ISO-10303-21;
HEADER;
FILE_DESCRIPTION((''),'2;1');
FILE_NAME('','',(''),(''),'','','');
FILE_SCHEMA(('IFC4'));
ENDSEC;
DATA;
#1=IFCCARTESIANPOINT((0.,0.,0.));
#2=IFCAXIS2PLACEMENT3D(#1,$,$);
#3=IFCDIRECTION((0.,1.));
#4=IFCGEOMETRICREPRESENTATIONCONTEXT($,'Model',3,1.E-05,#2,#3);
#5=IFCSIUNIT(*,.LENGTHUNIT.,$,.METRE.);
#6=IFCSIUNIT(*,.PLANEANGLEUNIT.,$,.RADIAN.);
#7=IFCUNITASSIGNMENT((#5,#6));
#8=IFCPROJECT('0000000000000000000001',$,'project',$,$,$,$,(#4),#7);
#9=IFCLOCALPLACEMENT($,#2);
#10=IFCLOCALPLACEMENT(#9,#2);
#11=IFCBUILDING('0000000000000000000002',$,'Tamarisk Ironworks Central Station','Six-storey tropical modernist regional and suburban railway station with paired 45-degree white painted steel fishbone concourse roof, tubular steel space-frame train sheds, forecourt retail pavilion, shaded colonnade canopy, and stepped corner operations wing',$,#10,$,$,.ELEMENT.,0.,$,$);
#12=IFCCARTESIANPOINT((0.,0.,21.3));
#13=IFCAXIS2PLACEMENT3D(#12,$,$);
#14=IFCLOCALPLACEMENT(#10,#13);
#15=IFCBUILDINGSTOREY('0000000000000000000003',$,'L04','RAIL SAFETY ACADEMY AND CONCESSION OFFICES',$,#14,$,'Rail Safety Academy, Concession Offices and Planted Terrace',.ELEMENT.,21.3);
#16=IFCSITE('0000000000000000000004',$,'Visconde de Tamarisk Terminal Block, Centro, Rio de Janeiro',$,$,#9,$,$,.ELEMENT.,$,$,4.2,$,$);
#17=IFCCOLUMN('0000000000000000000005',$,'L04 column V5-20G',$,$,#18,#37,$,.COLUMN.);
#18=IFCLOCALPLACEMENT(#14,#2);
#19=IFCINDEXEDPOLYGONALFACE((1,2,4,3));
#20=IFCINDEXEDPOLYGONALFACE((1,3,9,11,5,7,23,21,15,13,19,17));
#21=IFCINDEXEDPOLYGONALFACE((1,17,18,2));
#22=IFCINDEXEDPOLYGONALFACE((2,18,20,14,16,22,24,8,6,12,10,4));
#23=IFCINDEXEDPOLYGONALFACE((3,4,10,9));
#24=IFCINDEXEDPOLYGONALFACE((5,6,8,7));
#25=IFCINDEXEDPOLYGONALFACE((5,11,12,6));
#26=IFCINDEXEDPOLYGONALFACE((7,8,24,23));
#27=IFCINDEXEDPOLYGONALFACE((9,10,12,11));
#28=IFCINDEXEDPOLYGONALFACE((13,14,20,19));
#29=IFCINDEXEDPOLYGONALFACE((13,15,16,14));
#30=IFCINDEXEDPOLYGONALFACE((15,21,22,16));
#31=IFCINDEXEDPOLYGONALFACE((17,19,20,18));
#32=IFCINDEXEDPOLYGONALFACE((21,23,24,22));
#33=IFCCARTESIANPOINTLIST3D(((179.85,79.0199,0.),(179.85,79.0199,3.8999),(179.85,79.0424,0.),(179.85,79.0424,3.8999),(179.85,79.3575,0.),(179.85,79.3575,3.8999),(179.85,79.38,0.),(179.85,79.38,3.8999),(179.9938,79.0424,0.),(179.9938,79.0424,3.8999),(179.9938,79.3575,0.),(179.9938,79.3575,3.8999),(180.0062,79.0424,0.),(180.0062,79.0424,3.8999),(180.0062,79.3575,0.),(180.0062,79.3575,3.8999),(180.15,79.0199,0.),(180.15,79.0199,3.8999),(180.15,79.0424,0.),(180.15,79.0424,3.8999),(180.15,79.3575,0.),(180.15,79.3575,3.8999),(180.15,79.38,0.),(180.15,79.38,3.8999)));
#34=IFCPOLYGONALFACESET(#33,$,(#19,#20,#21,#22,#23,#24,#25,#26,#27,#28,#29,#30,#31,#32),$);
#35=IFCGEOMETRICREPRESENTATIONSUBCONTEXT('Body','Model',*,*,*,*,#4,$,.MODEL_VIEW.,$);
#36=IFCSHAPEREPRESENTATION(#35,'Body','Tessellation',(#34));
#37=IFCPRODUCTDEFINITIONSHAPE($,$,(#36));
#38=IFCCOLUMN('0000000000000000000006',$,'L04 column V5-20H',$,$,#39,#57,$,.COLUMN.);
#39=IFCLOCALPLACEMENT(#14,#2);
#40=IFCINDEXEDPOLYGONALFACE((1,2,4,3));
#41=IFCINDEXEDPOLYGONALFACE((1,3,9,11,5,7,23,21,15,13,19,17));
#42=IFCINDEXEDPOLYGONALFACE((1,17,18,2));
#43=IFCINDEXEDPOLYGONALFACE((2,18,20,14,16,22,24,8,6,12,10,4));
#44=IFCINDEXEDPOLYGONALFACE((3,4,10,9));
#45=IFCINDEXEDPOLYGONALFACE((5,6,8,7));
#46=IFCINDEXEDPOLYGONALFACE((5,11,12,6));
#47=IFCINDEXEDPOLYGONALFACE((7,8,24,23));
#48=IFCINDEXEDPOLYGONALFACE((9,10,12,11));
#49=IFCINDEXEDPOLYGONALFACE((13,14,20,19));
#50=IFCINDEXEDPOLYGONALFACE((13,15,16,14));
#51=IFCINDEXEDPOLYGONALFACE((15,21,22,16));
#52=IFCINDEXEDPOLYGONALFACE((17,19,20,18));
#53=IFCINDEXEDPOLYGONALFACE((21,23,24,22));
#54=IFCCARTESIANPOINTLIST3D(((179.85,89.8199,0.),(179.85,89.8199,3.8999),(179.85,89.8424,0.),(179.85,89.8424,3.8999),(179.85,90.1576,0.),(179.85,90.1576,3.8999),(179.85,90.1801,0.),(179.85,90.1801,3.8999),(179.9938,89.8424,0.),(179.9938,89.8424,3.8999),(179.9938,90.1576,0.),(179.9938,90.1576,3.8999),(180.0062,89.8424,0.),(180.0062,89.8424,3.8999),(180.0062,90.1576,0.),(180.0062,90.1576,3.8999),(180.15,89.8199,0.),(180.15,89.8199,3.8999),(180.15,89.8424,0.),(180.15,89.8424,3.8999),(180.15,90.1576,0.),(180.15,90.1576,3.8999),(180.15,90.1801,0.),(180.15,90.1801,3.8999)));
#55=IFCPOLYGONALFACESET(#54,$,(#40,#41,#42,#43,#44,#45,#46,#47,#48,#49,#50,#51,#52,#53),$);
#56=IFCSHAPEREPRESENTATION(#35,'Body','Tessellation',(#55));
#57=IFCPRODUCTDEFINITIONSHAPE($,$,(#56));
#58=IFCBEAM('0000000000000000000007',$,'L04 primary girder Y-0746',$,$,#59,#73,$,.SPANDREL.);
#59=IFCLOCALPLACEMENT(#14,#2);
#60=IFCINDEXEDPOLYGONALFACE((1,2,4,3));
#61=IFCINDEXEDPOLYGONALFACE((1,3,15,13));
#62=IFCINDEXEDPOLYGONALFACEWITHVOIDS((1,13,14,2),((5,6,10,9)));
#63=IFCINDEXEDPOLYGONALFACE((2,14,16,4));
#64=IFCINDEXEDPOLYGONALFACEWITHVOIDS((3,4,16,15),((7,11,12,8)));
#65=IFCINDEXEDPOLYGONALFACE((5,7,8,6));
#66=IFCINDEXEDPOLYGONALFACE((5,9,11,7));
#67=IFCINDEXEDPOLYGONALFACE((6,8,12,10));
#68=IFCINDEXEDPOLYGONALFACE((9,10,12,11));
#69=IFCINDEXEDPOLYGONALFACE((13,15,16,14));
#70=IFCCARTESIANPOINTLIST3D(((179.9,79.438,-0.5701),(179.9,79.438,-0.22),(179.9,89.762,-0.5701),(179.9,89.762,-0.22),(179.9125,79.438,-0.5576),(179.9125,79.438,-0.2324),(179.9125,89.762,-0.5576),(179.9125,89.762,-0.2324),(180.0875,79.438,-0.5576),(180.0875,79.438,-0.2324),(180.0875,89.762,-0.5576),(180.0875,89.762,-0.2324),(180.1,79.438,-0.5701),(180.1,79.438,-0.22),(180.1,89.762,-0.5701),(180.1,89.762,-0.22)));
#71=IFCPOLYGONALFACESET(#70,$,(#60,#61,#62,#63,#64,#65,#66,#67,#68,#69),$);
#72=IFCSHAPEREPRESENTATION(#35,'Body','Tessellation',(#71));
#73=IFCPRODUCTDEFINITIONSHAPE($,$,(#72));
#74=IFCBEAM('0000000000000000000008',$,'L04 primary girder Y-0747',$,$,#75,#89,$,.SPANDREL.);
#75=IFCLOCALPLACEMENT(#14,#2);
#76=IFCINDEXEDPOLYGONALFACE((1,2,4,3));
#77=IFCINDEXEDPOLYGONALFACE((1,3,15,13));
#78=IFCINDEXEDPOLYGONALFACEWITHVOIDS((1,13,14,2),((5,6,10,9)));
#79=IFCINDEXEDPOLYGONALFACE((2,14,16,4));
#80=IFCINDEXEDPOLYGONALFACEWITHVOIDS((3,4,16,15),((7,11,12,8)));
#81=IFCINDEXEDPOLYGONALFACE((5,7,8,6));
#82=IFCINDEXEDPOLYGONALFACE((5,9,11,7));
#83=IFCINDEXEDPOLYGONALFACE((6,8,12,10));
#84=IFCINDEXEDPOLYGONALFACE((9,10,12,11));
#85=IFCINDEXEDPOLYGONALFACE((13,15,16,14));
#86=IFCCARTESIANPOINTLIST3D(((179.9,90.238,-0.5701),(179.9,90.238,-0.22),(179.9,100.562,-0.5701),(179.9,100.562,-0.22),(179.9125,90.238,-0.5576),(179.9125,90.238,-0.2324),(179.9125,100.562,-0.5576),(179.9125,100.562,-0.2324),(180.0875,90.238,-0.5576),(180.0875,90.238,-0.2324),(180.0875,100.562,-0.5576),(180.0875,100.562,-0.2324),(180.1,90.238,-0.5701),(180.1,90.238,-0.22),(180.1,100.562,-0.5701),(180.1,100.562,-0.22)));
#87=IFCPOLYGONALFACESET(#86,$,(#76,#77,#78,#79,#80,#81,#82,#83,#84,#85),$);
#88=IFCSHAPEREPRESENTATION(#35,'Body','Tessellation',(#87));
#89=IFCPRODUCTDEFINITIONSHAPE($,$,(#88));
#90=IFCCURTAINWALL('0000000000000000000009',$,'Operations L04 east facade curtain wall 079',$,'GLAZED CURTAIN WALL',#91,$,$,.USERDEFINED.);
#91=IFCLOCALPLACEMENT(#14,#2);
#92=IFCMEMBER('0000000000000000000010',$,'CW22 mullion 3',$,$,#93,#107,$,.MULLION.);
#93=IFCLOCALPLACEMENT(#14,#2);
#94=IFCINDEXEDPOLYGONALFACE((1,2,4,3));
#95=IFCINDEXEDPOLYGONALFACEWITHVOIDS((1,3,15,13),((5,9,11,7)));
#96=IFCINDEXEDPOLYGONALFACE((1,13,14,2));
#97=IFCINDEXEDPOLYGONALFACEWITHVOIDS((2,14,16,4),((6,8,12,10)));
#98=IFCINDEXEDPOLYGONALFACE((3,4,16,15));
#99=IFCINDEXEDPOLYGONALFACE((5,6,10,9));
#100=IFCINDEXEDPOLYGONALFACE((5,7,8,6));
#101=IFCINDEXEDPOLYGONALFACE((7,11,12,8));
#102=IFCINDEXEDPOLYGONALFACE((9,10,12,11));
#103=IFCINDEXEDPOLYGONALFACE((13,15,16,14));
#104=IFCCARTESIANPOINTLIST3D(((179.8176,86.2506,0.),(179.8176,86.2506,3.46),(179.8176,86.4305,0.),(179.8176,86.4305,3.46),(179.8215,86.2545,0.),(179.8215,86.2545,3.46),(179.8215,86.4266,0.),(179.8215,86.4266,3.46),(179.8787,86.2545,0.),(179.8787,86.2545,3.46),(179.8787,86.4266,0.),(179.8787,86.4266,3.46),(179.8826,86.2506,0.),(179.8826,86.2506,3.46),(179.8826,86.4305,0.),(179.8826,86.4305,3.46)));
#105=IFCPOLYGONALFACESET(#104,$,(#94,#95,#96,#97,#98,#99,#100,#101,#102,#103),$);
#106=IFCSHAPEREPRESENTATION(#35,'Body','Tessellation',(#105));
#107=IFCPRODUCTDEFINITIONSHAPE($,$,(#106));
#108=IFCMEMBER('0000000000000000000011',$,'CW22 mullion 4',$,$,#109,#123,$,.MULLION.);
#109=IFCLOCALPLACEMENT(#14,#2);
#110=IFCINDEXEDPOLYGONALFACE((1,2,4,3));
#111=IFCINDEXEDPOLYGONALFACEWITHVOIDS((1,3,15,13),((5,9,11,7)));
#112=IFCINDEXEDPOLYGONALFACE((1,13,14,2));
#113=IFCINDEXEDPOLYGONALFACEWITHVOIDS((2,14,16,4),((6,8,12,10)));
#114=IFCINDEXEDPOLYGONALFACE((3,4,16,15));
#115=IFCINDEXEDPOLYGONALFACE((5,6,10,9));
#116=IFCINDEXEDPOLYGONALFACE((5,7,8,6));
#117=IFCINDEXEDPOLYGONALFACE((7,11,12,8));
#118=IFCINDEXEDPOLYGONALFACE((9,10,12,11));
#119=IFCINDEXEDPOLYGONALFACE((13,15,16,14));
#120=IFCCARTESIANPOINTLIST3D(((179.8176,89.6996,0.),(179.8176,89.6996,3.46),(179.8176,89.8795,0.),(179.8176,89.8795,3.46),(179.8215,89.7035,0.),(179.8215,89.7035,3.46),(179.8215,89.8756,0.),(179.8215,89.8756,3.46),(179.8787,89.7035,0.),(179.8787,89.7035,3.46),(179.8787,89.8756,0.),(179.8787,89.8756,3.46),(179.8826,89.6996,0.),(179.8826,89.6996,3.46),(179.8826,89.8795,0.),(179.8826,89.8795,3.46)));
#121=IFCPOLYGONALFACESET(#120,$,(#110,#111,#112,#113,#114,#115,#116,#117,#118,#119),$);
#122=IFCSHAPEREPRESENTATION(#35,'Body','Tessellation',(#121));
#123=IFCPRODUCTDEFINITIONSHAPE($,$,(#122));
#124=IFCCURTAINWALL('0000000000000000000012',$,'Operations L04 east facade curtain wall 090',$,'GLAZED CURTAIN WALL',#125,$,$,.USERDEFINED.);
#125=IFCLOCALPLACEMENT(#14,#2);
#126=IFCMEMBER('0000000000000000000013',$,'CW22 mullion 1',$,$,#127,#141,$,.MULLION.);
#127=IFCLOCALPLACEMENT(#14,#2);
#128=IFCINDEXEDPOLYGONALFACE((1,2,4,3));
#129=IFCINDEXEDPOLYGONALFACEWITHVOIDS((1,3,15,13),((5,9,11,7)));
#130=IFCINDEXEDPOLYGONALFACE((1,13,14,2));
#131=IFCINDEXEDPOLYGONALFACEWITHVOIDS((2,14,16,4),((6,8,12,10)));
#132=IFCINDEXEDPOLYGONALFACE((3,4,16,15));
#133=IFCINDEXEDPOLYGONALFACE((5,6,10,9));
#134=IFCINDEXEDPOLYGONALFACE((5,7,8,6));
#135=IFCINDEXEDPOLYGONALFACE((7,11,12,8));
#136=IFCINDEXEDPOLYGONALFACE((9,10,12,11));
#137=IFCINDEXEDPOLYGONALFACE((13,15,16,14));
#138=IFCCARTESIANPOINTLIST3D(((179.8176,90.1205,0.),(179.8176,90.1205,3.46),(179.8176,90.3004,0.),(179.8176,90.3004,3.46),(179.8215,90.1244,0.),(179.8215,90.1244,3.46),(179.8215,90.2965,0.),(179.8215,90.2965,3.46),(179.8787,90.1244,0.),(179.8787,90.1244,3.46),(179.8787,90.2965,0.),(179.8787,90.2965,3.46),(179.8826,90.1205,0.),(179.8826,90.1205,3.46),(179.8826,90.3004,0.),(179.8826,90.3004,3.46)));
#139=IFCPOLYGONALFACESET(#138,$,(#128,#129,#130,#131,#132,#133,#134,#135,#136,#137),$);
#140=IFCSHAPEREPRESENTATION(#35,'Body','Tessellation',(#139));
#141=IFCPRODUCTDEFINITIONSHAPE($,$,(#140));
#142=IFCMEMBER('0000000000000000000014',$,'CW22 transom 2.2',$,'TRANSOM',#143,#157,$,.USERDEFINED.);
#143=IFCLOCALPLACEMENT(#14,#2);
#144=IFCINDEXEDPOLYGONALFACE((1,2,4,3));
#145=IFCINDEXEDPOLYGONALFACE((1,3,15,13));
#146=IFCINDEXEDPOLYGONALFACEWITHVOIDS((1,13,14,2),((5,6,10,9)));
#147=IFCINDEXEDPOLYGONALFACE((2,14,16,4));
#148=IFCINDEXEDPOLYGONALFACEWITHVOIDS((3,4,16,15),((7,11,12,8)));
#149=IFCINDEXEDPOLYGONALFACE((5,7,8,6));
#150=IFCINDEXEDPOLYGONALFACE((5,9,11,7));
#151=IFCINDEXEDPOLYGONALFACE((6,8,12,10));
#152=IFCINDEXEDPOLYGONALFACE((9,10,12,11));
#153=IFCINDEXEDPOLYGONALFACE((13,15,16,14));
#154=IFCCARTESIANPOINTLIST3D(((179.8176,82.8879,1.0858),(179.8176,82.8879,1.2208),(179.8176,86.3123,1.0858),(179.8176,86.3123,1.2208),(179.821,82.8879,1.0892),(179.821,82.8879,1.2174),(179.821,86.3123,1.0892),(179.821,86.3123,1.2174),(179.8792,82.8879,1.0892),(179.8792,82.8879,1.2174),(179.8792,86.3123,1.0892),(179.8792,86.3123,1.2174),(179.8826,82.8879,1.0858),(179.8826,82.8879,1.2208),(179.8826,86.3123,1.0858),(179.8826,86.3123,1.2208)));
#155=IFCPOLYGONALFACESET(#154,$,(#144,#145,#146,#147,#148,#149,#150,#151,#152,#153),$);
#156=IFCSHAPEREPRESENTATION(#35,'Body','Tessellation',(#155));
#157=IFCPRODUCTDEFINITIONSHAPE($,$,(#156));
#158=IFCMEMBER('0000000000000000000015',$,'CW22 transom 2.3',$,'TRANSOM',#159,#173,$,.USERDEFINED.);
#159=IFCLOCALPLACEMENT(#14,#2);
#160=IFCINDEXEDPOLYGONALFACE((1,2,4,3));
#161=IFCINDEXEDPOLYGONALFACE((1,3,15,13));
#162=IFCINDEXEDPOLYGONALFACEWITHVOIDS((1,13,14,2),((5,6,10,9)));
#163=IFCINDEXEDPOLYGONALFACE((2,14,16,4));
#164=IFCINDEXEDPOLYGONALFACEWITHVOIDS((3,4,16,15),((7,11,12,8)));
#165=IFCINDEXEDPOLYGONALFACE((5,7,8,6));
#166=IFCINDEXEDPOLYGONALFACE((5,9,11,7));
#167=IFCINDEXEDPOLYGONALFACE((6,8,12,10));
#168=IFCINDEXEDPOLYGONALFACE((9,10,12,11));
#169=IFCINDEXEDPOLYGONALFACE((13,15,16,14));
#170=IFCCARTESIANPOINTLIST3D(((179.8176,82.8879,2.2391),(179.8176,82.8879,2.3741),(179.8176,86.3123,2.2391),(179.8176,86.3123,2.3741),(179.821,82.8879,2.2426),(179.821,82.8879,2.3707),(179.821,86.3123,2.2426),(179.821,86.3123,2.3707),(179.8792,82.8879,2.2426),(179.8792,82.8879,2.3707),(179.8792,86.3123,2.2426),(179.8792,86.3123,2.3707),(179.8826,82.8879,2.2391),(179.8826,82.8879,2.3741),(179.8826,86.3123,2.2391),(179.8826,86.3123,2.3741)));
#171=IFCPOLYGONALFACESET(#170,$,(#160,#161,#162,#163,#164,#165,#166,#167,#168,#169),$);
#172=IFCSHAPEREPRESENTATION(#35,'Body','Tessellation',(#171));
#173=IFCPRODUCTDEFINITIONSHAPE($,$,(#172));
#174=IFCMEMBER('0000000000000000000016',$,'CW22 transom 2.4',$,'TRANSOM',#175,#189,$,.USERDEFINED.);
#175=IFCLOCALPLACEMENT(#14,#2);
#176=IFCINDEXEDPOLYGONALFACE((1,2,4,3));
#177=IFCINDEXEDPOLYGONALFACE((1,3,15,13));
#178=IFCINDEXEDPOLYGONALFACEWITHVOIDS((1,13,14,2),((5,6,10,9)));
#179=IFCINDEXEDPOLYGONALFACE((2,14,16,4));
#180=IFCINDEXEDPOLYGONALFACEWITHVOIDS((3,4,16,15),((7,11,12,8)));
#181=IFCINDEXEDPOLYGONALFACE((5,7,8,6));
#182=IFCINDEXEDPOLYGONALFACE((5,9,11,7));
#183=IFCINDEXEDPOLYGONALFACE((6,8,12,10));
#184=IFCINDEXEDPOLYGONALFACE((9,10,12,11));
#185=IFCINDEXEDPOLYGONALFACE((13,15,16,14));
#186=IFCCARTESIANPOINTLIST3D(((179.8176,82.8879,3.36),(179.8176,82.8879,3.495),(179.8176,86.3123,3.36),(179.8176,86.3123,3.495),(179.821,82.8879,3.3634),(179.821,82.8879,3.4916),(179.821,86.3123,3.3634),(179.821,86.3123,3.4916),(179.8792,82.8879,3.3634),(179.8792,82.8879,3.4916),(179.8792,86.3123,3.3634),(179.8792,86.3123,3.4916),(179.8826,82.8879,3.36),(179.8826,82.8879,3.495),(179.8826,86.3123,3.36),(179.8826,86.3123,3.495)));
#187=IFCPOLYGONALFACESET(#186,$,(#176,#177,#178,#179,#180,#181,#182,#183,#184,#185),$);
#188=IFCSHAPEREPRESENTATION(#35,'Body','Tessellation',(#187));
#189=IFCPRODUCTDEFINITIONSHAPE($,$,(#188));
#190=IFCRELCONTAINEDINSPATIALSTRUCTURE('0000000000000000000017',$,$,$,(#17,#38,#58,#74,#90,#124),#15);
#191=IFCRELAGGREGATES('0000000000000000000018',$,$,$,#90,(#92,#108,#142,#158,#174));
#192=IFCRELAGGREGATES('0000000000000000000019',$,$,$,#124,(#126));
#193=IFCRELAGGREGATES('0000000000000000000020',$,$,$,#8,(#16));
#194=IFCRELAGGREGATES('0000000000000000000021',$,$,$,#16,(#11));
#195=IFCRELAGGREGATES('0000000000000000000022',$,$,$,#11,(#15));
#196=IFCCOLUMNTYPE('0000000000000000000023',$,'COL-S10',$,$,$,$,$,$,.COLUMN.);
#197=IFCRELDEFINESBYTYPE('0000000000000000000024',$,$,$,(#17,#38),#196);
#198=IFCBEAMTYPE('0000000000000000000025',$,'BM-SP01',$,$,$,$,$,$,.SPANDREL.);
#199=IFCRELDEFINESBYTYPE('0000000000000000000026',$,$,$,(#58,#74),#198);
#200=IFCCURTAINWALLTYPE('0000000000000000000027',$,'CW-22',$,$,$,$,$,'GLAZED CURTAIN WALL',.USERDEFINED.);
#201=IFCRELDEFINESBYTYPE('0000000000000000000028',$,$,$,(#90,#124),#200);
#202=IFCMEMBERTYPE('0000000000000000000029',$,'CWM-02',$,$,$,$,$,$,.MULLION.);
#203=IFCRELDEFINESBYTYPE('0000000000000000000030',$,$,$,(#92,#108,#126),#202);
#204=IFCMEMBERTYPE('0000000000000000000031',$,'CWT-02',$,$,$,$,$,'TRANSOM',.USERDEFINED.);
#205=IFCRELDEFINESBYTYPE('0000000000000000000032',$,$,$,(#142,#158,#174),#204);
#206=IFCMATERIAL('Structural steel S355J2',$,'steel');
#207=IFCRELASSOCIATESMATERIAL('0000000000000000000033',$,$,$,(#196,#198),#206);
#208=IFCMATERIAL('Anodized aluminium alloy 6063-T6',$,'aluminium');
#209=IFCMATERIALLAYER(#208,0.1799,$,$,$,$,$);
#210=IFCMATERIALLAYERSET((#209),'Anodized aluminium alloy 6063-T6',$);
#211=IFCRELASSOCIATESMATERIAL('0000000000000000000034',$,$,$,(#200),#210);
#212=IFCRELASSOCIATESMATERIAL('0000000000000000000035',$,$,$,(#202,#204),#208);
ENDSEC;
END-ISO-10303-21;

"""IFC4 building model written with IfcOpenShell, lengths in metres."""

from ifc_helpers import new_model, si_unit, direction, frame, origin, origin_2d, place, context, subcontext, project, spatial, hollow_rectangle, i_section, extrude, material, layer, layer_set, material_profile, profile_set, type_object, element, aggregate, save


model = new_model("IFC4")

# Units and contexts
model_context = context("Model", 3, precision=1e-05, world=origin(), true_north=direction((0.0, 1.0)))
body_context = subcontext(model_context, "Body", "Model", "MODEL_VIEW")
ifc_project = project(units=[si_unit("LENGTHUNIT", "METRE"), si_unit("PLANEANGLEUNIT", "RADIAN")], contexts=[model_context])

# Site, building, storey
site_placement = place(None, origin())
site = spatial("IfcSite", under=ifc_project, at=site_placement, Name="Visconde de Tamarisk Terminal Block, Centro, Rio de Janeiro", CompositionType="ELEMENT", RefElevation=4.2)
building_placement = place(site_placement, origin())
building = spatial("IfcBuilding", under=site, at=building_placement, Name="Tamarisk Ironworks Central Station", Description="Six-storey tropical modernist regional and suburban railway station with paired 45-degree white painted steel fishbone concourse roof, tubular steel space-frame train sheds, forecourt retail pavilion, shaded colonnade canopy, and stepped corner operations wing", CompositionType="ELEMENT", ElevationOfRefHeight=0.0)
storey_placement = place(building_placement, frame((0.0, 0.0, 21.3)))
storey = spatial("IfcBuildingStorey", under=building, at=storey_placement, Name="L04", Description="RAIL SAFETY ACADEMY AND CONCESSION OFFICES", LongName="Rail Safety Academy, Concession Offices and Planted Terrace", CompositionType="ELEMENT", Elevation=21.3)

# Columns
ifc_material_1 = material(Name="Structural steel S355J2", Category="steel")
ifc_material_profile_1 = material_profile(ifc_material_1, i_section(OverallWidth=0.3, OverallDepth=0.3601, WebThickness=0.0125, FlangeThickness=0.0225, at=origin_2d()), Name="HEB 360")
ifc_profile_set_1 = profile_set([ifc_material_profile_1], Name="Structural steel S355J2")
column_type = type_object("IfcColumnType", Name="COL-S10", PredefinedType="COLUMN", material=ifc_profile_set_1)
for number, where, z_axis, x_axis, name in (
    (1, (180.0, 79.2, 0.0), (0.0, 0.0, 1.0), (1.0, 0.0, 0.0), "L04 column V5-20G"),
    (2, (180.0, 90.0, 0.0), (0.0, 0.0, 1.0), (1.0, 0.0, 0.0), "L04 column V5-20H"),
):
    element("IfcColumn", number, at=place(storey_placement, frame(where, z_axis=z_axis, x_axis=x_axis)), inside=storey, type_object=column_type, Name=name, PredefinedType="COLUMN", context=body_context, shape_type="SweptSolid", body=[
        extrude(i_section(OverallWidth=0.3, OverallDepth=0.3601, WebThickness=0.0125, FlangeThickness=0.0225, at=origin_2d()), origin(), (0.0, 0.0, 1.0), 3.8999),
    ])

# Beams
ifc_material_profile_2 = material_profile(ifc_material_1, hollow_rectangle(XDim=0.2, YDim=0.3501, WallThickness=0.0125, at=origin_2d()), Name="RHS 350x200x12.5")
ifc_profile_set_2 = profile_set([ifc_material_profile_2], Name="Structural steel S355J2")
beam_type = type_object("IfcBeamType", Name="BM-SP01", PredefinedType="SPANDREL", material=ifc_profile_set_2)
for number, where, z_axis, x_axis, name in (
    (3, (180.0, 79.438, -0.395), (0.0, 1.0, 0.0), (-1.0, 0.0, 0.0), "L04 primary girder Y-0746"),
    (4, (180.0, 90.238, -0.395), (0.0, 1.0, 0.0), (-1.0, 0.0, 0.0), "L04 primary girder Y-0747"),
):
    element("IfcBeam", number, at=place(storey_placement, frame(where, z_axis=z_axis, x_axis=x_axis)), inside=storey, type_object=beam_type, Name=name, PredefinedType="SPANDREL", context=body_context, shape_type="SweptSolid", body=[
        extrude(hollow_rectangle(XDim=0.2, YDim=0.3501, WallThickness=0.0125, at=origin_2d()), origin(), (0.0, 0.0, 1.0), 10.324),
    ])

# Curtain wall, members
ifc_material_2 = material(Name="Anodized aluminium alloy 6063-T6", Category="aluminium")
ifc_layer_1 = layer(ifc_material_2, 0.1799)
ifc_layer_set_1 = layer_set([ifc_layer_1], Name="Anodized aluminium alloy 6063-T6")
curtain_wall_type = type_object("IfcCurtainWallType", Name="CW-22", ElementType="GLAZED CURTAIN WALL", PredefinedType="USERDEFINED", material=ifc_layer_set_1)
curtain_wall_1_placement = place(storey_placement, origin())
curtain_wall_1 = element("IfcCurtainWall", 5, at=curtain_wall_1_placement, inside=storey, type_object=curtain_wall_type, Name="Operations L04 east facade curtain wall 079", ObjectType="GLAZED CURTAIN WALL", PredefinedType="USERDEFINED")
ifc_material_profile_3 = material_profile(ifc_material_2, hollow_rectangle(XDim=0.0649, YDim=0.1799, WallThickness=0.0039, at=origin_2d()), Name="ALUM 180x65")
ifc_profile_set_3 = profile_set([ifc_material_profile_3], Name="Anodized aluminium alloy 6063-T6")
member_type_1 = type_object("IfcMemberType", Name="CWM-02", PredefinedType="MULLION", material=ifc_profile_set_3)
member_1_placement = place(storey_placement, frame((179.8501, 86.3406, 0.0), z_axis=(0.0, 0.0, 1.0), x_axis=(-1.0, 0.0, 0.0)))
member_1 = element("IfcMember", 6, at=member_1_placement, type_object=member_type_1, Name="CW22 mullion 3", PredefinedType="MULLION", context=body_context, shape_type="SweptSolid", body=[
    extrude(hollow_rectangle(XDim=0.0649, YDim=0.1799, WallThickness=0.0039, at=origin_2d()), origin(), (0.0, 0.0, 1.0), 3.46),
])
member_2_placement = place(storey_placement, frame((179.8501, 89.7896, 0.0), z_axis=(0.0, 0.0, 1.0), x_axis=(-1.0, 0.0, 0.0)))
member_2 = element("IfcMember", 7, at=member_2_placement, type_object=member_type_1, Name="CW22 mullion 4", PredefinedType="MULLION", context=body_context, shape_type="SweptSolid", body=[
    extrude(hollow_rectangle(XDim=0.0649, YDim=0.1799, WallThickness=0.0039, at=origin_2d()), origin(), (0.0, 0.0, 1.0), 3.46),
])

# Curtain wall, member
curtain_wall_2_placement = place(storey_placement, origin())
curtain_wall_2 = element("IfcCurtainWall", 8, at=curtain_wall_2_placement, inside=storey, type_object=curtain_wall_type, Name="Operations L04 east facade curtain wall 090", ObjectType="GLAZED CURTAIN WALL", PredefinedType="USERDEFINED")
member_3_placement = place(storey_placement, frame((179.8501, 90.2104, 0.0), z_axis=(0.0, 0.0, 1.0), x_axis=(-1.0, 0.0, 0.0)))
member_3 = element("IfcMember", 9, at=member_3_placement, type_object=member_type_1, Name="CW22 mullion 1", PredefinedType="MULLION", context=body_context, shape_type="SweptSolid", body=[
    extrude(hollow_rectangle(XDim=0.0649, YDim=0.1799, WallThickness=0.0039, at=origin_2d()), origin(), (0.0, 0.0, 1.0), 3.46),
])

# Members
ifc_material_profile_4 = material_profile(ifc_material_2, hollow_rectangle(XDim=0.0649, YDim=0.135, WallThickness=0.0034, at=origin_2d()), Name="ALUM 135x65")
ifc_profile_set_4 = profile_set([ifc_material_profile_4], Name="Anodized aluminium alloy 6063-T6")
member_type_2 = type_object("IfcMemberType", Name="CWT-02", ElementType="TRANSOM", PredefinedType="USERDEFINED", material=ifc_profile_set_4)
member_4_placement = place(storey_placement, frame((179.8501, 82.8879, 1.1533), z_axis=(0.0, 1.0, 0.0), x_axis=(-1.0, 0.0, 0.0)))
member_4 = element("IfcMember", 10, at=member_4_placement, type_object=member_type_2, Name="CW22 transom 2.2", ObjectType="TRANSOM", PredefinedType="USERDEFINED", context=body_context, shape_type="SweptSolid", body=[
    extrude(hollow_rectangle(XDim=0.0649, YDim=0.135, WallThickness=0.0034, at=origin_2d()), origin(), (0.0, 0.0, 1.0), 3.4243),
])
member_5_placement = place(storey_placement, frame((179.8501, 82.8879, 2.3066), z_axis=(0.0, 1.0, 0.0), x_axis=(-1.0, 0.0, 0.0)))
member_5 = element("IfcMember", 11, at=member_5_placement, type_object=member_type_2, Name="CW22 transom 2.3", ObjectType="TRANSOM", PredefinedType="USERDEFINED", context=body_context, shape_type="SweptSolid", body=[
    extrude(hollow_rectangle(XDim=0.0649, YDim=0.135, WallThickness=0.0034, at=origin_2d()), origin(), (0.0, 0.0, 1.0), 3.4243),
])
member_6_placement = place(storey_placement, frame((179.8501, 82.8879, 3.4275), z_axis=(0.0, 1.0, 0.0), x_axis=(-1.0, 0.0, 0.0)))
member_6 = element("IfcMember", 12, at=member_6_placement, type_object=member_type_2, Name="CW22 transom 2.4", ObjectType="TRANSOM", PredefinedType="USERDEFINED", context=body_context, shape_type="SweptSolid", body=[
    extrude(hollow_rectangle(XDim=0.0649, YDim=0.135, WallThickness=0.0034, at=origin_2d()), origin(), (0.0, 0.0, 1.0), 3.4243),
])

aggregate(curtain_wall_1, [member_1, member_2, member_4, member_5, member_6])
aggregate(curtain_wall_2, [member_3])

save(model, "model.ifc")
